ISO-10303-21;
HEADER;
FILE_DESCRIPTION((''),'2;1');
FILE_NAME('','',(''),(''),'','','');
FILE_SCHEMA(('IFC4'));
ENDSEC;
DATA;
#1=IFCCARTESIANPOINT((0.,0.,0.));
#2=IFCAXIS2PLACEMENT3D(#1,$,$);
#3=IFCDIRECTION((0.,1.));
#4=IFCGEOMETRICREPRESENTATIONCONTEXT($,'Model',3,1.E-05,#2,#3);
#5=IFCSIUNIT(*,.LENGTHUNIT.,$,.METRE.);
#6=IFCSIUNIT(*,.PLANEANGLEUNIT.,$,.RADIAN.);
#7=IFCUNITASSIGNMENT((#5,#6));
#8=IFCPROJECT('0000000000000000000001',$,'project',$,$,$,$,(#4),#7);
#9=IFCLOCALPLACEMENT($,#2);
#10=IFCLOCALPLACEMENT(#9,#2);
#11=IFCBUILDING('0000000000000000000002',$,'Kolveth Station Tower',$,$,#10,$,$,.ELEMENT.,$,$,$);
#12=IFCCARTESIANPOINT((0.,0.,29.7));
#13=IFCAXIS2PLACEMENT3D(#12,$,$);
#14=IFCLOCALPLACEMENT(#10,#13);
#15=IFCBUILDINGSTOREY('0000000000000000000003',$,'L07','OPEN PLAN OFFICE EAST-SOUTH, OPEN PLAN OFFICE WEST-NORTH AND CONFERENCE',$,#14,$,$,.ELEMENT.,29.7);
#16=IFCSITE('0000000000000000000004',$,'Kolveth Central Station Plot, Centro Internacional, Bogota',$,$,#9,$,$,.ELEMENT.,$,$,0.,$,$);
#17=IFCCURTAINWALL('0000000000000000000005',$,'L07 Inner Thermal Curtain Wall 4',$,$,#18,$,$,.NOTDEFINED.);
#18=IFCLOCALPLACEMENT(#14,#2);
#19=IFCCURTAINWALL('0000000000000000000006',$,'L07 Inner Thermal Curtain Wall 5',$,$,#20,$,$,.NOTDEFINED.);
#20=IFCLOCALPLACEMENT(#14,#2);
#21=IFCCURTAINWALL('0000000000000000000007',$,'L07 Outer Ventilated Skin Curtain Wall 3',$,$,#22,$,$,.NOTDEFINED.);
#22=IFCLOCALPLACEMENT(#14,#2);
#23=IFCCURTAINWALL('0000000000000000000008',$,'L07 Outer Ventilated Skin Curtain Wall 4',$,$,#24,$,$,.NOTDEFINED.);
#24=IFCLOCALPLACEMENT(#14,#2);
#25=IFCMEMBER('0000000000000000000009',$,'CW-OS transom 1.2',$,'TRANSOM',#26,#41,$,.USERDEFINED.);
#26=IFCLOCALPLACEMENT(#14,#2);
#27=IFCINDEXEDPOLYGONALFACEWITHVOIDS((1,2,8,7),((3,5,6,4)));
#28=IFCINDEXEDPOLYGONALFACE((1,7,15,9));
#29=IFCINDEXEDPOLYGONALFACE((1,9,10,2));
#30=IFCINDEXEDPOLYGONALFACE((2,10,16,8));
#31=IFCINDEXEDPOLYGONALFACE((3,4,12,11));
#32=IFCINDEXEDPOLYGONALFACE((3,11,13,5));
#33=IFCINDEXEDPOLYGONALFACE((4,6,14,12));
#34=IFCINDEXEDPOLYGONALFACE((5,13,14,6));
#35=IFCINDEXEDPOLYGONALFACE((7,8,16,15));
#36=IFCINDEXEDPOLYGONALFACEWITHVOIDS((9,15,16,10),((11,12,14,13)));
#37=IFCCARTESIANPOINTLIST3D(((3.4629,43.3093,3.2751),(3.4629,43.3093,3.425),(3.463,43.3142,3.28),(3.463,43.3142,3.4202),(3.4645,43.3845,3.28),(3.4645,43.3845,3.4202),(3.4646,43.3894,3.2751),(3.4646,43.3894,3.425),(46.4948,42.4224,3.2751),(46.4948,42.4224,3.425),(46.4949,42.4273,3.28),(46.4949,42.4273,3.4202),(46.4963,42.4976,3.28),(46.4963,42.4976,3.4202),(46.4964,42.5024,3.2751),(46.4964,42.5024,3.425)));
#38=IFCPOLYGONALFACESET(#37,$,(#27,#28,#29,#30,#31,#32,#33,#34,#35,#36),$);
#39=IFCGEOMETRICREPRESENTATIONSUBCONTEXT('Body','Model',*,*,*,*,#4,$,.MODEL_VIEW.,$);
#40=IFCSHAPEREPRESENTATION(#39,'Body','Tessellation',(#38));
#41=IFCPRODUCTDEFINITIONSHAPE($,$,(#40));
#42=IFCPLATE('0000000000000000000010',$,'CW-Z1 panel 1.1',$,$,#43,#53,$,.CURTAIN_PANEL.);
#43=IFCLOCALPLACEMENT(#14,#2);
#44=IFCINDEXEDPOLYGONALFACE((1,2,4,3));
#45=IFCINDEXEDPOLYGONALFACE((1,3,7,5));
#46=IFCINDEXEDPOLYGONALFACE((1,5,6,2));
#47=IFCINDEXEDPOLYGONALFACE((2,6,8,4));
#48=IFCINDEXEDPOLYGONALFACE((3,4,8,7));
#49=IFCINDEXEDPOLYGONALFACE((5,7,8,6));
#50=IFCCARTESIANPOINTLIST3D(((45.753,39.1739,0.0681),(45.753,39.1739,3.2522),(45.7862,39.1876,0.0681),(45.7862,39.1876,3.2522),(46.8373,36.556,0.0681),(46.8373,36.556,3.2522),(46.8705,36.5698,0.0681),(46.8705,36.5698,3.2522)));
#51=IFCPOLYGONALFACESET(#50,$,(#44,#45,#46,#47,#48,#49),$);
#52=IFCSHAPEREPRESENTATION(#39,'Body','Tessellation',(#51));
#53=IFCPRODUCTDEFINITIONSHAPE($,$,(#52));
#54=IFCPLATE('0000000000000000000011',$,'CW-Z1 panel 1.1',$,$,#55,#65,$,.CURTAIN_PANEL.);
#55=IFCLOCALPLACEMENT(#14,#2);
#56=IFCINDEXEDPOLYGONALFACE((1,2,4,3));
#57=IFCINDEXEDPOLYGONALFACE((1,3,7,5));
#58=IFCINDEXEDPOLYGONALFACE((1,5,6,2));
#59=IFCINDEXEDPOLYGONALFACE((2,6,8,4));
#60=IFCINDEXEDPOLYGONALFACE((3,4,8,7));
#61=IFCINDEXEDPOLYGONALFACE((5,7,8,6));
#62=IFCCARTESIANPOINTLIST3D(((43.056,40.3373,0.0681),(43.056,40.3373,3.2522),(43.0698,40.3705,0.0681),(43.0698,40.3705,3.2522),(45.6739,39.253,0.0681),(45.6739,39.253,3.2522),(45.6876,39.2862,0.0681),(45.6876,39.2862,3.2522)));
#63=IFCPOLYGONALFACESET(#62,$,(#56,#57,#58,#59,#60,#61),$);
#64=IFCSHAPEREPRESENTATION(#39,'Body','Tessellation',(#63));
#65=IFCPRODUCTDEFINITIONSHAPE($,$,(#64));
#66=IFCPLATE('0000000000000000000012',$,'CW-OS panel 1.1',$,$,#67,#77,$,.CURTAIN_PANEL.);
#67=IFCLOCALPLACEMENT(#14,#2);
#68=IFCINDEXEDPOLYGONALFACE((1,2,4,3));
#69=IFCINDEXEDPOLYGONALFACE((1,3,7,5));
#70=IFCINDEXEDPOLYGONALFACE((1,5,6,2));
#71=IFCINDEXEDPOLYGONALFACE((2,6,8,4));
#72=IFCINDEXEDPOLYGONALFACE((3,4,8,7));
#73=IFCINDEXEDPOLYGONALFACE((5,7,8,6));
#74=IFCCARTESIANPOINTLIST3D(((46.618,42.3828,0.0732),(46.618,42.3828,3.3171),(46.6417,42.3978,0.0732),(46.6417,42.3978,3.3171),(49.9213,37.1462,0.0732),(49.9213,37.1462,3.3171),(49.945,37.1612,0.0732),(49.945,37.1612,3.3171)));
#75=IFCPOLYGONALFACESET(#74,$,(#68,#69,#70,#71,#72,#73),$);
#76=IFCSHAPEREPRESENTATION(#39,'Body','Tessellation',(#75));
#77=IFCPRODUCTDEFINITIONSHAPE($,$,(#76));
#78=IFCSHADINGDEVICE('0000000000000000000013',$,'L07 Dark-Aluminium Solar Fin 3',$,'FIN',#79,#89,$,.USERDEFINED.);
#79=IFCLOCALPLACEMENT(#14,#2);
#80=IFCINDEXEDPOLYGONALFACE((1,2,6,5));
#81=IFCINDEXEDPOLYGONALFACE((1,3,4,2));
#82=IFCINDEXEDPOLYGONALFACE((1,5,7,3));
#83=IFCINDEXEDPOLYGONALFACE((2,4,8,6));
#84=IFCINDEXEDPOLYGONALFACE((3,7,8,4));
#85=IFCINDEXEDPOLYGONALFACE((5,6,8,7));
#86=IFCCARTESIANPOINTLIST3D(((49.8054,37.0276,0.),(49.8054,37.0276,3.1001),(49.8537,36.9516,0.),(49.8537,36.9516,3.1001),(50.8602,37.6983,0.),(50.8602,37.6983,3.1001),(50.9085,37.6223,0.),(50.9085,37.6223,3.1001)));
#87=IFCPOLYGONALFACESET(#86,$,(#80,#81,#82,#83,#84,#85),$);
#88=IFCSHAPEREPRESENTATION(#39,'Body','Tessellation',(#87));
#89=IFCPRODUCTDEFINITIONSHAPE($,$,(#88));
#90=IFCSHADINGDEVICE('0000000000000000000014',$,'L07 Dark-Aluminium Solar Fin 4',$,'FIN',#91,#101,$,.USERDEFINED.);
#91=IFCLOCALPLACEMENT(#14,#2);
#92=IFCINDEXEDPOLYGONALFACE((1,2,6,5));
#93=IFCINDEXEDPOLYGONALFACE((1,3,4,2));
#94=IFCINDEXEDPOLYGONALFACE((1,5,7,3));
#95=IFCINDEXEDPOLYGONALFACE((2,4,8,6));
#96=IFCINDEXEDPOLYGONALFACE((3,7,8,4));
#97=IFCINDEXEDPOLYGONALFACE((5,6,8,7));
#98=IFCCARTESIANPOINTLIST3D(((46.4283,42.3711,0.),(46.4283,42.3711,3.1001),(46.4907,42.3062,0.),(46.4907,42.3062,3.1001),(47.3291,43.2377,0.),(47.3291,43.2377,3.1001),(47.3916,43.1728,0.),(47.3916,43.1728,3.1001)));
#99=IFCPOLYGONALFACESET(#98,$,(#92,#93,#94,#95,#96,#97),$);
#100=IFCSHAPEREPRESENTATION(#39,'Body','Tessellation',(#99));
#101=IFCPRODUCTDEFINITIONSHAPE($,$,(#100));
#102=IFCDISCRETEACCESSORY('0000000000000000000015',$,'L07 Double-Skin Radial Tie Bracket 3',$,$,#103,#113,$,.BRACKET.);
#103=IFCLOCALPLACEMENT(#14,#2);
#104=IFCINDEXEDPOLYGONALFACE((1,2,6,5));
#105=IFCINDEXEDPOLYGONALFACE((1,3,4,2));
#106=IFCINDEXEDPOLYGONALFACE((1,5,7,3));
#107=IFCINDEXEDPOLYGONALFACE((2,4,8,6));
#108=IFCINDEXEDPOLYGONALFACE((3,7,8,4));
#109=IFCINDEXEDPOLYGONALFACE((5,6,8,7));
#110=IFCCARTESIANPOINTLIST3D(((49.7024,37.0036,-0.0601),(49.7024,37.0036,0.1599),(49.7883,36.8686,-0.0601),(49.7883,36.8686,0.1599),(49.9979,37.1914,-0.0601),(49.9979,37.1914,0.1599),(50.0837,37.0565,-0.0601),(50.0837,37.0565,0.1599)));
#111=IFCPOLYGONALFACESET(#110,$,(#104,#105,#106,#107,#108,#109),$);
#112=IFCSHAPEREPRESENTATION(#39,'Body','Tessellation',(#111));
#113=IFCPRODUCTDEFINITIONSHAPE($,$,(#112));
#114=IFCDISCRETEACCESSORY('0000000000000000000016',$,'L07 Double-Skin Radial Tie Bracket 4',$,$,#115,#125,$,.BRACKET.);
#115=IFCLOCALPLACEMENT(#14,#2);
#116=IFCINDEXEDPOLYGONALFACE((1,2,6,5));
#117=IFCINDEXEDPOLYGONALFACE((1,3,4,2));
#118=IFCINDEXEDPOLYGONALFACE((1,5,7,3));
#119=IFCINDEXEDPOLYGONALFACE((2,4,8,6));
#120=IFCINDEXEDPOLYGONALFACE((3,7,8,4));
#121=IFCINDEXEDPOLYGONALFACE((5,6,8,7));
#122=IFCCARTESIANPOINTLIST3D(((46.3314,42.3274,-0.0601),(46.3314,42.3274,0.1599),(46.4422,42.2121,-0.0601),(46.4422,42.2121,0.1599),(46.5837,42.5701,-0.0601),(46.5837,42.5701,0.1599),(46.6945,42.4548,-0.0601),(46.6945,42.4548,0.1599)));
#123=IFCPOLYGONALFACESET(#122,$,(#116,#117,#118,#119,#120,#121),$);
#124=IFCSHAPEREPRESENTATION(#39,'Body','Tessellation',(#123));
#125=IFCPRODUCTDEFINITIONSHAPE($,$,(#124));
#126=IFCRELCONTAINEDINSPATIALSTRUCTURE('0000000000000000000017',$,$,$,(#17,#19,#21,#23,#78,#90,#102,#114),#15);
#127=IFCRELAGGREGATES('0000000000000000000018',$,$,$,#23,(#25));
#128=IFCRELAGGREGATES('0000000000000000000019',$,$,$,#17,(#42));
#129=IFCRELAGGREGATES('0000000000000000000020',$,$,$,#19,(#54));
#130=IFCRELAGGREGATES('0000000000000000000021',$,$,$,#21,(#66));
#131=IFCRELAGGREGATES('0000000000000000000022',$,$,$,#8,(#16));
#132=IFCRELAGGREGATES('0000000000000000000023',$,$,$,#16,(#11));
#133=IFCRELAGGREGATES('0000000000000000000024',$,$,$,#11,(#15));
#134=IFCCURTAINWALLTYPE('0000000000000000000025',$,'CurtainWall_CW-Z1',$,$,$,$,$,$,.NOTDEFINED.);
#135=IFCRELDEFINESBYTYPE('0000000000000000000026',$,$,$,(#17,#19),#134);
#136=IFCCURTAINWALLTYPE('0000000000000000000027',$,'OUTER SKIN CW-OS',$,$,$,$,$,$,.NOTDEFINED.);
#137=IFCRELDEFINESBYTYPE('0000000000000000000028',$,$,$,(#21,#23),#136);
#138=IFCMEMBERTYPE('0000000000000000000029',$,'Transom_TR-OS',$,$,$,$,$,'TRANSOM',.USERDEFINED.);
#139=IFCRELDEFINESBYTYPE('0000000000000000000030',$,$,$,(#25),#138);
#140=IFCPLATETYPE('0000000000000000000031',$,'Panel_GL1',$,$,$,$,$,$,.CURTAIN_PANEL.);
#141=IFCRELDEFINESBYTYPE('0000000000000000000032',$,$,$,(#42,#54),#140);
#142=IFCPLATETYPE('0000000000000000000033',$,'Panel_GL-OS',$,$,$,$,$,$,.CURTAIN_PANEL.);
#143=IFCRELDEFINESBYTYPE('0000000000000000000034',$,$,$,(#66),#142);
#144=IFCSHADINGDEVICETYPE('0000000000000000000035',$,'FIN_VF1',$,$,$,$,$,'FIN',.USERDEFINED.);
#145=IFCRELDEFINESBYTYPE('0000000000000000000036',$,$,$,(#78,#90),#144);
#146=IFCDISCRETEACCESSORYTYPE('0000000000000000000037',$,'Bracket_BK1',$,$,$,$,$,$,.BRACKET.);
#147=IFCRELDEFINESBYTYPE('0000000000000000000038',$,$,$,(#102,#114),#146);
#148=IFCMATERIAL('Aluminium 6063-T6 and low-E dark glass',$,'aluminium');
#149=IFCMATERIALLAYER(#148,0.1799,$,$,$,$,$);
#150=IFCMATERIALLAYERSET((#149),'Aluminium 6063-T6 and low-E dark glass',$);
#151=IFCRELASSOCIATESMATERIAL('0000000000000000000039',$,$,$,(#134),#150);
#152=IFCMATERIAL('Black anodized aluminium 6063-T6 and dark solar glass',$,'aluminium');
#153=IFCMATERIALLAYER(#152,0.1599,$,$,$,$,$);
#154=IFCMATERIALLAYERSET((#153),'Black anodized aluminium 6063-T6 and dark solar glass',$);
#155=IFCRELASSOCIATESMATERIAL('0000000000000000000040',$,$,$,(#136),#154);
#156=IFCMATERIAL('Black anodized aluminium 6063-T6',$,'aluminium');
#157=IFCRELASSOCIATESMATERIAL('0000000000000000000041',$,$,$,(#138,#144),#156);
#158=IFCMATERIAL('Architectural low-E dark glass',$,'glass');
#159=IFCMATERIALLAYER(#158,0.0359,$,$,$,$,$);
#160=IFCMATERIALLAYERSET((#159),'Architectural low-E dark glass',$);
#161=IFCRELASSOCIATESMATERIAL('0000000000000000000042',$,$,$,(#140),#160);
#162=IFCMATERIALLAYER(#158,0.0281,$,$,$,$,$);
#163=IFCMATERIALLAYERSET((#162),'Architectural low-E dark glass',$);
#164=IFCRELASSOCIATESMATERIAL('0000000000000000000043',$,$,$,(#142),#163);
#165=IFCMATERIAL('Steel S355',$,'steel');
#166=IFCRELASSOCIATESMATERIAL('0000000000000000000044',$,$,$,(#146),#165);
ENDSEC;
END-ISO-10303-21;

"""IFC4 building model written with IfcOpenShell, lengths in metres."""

from ifc_helpers import new_model, si_unit, direction, frame, origin, origin_2d, place, context, subcontext, project, spatial, rectangle, hollow_rectangle, extrude, source, transform, mapped, material, layer, layer_set, material_profile, profile_set, type_object, element, aggregate, save


model = new_model("IFC4")

# Units and contexts
model_context = context("Model", 3, precision=1e-05, world=origin(), true_north=direction((0.0, 1.0)))
body_context = subcontext(model_context, "Body", "Model", "MODEL_VIEW")
ifc_project = project(units=[si_unit("LENGTHUNIT", "METRE"), si_unit("PLANEANGLEUNIT", "RADIAN")], contexts=[model_context])

# Site, building, storey
site_placement = place(None, origin())
site = spatial("IfcSite", under=ifc_project, at=site_placement, Name="Kolveth Central Station Plot, Centro Internacional, Bogota", CompositionType="ELEMENT", RefElevation=0.0)
building_placement = place(site_placement, origin())
building = spatial("IfcBuilding", under=site, at=building_placement, Name="Kolveth Station Tower", CompositionType="ELEMENT")
storey_placement = place(building_placement, frame((0.0, 0.0, 29.7)))
storey = spatial("IfcBuildingStorey", under=building, at=storey_placement, Name="L07", Description="OPEN PLAN OFFICE EAST-SOUTH, OPEN PLAN OFFICE WEST-NORTH AND CONFERENCE", CompositionType="ELEMENT", Elevation=29.7)

# Shared definitions
ifc_material_1 = material(Name="Steel S355", Category="steel")

# Curtain wall
ifc_material_2 = material(Name="Aluminium 6063-T6 and low-E dark glass", Category="aluminium")
ifc_layer_1 = layer(ifc_material_2, 0.1799)
ifc_layer_set_1 = layer_set([ifc_layer_1], Name="Aluminium 6063-T6 and low-E dark glass")
curtain_wall_type_1 = type_object("IfcCurtainWallType", Name="CurtainWall_CW-Z1", PredefinedType="NOTDEFINED", material=ifc_layer_set_1)
curtain_wall_1_placement = place(storey_placement, origin())
curtain_wall_1 = element("IfcCurtainWall", 1, at=curtain_wall_1_placement, inside=storey, type_object=curtain_wall_type_1, Name="L07 Inner Thermal Curtain Wall 4", PredefinedType="NOTDEFINED")
ifc_material_3 = material(Name="Black anodized aluminium 6063-T6", Category="aluminium")

# Curtain wall
curtain_wall_2_placement = place(storey_placement, origin())
curtain_wall_2 = element("IfcCurtainWall", 2, at=curtain_wall_2_placement, inside=storey, type_object=curtain_wall_type_1, Name="L07 Inner Thermal Curtain Wall 5", PredefinedType="NOTDEFINED")

# Shared definitions
ifc_material_4 = material(Name="Black anodized aluminium 6063-T6 and dark solar glass", Category="aluminium")
ifc_layer_2 = layer(ifc_material_4, 0.1599)
ifc_layer_set_2 = layer_set([ifc_layer_2], Name="Black anodized aluminium 6063-T6 and dark solar glass")
curtain_wall_type_2 = type_object("IfcCurtainWallType", Name="OUTER SKIN CW-OS", PredefinedType="NOTDEFINED", material=ifc_layer_set_2)

# Curtain wall
curtain_wall_3_placement = place(storey_placement, origin())
curtain_wall_3 = element("IfcCurtainWall", 3, at=curtain_wall_3_placement, inside=storey, type_object=curtain_wall_type_2, Name="L07 Outer Ventilated Skin Curtain Wall 3", PredefinedType="NOTDEFINED")

# Curtain wall
curtain_wall_4_placement = place(storey_placement, origin())
curtain_wall_4 = element("IfcCurtainWall", 4, at=curtain_wall_4_placement, inside=storey, type_object=curtain_wall_type_2, Name="L07 Outer Ventilated Skin Curtain Wall 4", PredefinedType="NOTDEFINED")

# Member
ifc_material_profile_1 = material_profile(ifc_material_3, hollow_rectangle(XDim=0.0801, YDim=0.1499, WallThickness=0.0049, at=origin_2d()), Name="ALU-80x150x5")
ifc_profile_set_1 = profile_set([ifc_material_profile_1], Name="Black anodized aluminium 6063-T6")
member_type_1 = type_object("IfcMemberType", Name="Transom_TR-OS", ElementType="TRANSOM", PredefinedType="USERDEFINED", material=ifc_profile_set_1)
shared_shape_1 = source(origin(), body_context, "Body", "SweptSolid", [
    extrude(hollow_rectangle(XDim=0.0801, YDim=0.1499, WallThickness=0.0049, at=origin_2d()), origin(), (0.0, 0.0, 1.0), 43.041),
])
member_1_placement = place(storey_placement, frame((46.4956, 42.4624, 3.3501), z_axis=(-0.999788, 0.020607, 0.0), x_axis=(-0.020607, -0.999788, 0.0)))
member_1 = element("IfcMember", 5, at=member_1_placement, type_object=member_type_1, Name="CW-OS transom 1.2", ObjectType="TRANSOM", PredefinedType="USERDEFINED", context=body_context, shape_type="MappedRepresentation", body=[
    mapped(shared_shape_1, transform((0.0, 0.0, 0.0), x_axis=(1.0, 0.0, 0.0), y_axis=(0.0, 1.0, 0.0), z_axis=(0.0, 0.0, 1.0), scale=1.0)),
])
aggregate(curtain_wall_4, [member_1])

# Plates
ifc_material_5 = material(Name="Architectural low-E dark glass", Category="glass")
ifc_layer_3 = layer(ifc_material_5, 0.0359)
ifc_layer_set_3 = layer_set([ifc_layer_3], Name="Architectural low-E dark glass")
plate_type_1 = type_object("IfcPlateType", Name="Panel_GL1", PredefinedType="CURTAIN_PANEL", material=ifc_layer_set_3)
shared_shape_2 = source(origin(), body_context, "Body", "SweptSolid", [
    extrude(rectangle(XDim=2.8335, YDim=0.0359, at=origin_2d()), origin(), (0.0, 0.0, 1.0), 3.1841),
])
plate_1_placement = place(storey_placement, frame((46.3118, 37.8718, 0.0681), z_axis=(0.0, 0.0, 1.0), x_axis=(-0.382673, 0.923884, 0.0)))
plate_1 = element("IfcPlate", 6, at=plate_1_placement, type_object=plate_type_1, Name="CW-Z1 panel 1.1", PredefinedType="CURTAIN_PANEL", context=body_context, shape_type="MappedRepresentation", body=[
    mapped(shared_shape_2, transform((0.0, 0.0, 0.0), x_axis=(1.0, 0.0, 0.0), y_axis=(0.0, 1.0, 0.0), z_axis=(0.0, 0.0, 1.0), scale=1.0)),
])
aggregate(curtain_wall_1, [plate_1])
plate_2_placement = place(storey_placement, frame((44.3718, 39.8118, 0.0681), z_axis=(0.0, 0.0, 1.0), x_axis=(-0.923884, 0.382673, 0.0)))
plate_2 = element("IfcPlate", 7, at=plate_2_placement, type_object=plate_type_1, Name="CW-Z1 panel 1.1", PredefinedType="CURTAIN_PANEL", context=body_context, shape_type="MappedRepresentation", body=[
    mapped(shared_shape_2, transform((0.0, 0.0, 0.0), x_axis=(1.0, 0.0, 0.0), y_axis=(0.0, 1.0, 0.0), z_axis=(0.0, 0.0, 1.0), scale=1.0)),
])
aggregate(curtain_wall_2, [plate_2])
ifc_layer_4 = layer(ifc_material_5, 0.0281)
ifc_layer_set_4 = layer_set([ifc_layer_4], Name="Architectural low-E dark glass")
plate_type_2 = type_object("IfcPlateType", Name="Panel_GL-OS", PredefinedType="CURTAIN_PANEL", material=ifc_layer_set_4)
shared_shape_3 = source(origin(), body_context, "Body", "SweptSolid", [
    extrude(rectangle(XDim=6.1914, YDim=0.0281, at=origin_2d()), origin(), (0.0, 0.0, 1.0), 3.2439),
])
plate_3_placement = place(storey_placement, frame((48.2815, 39.772, 0.0732), z_axis=(0.0, 0.0, 1.0), x_axis=(-0.533525, 0.845784, 0.0)))
plate_3 = element("IfcPlate", 8, at=plate_3_placement, type_object=plate_type_2, Name="CW-OS panel 1.1", PredefinedType="CURTAIN_PANEL", context=body_context, shape_type="MappedRepresentation", body=[
    mapped(shared_shape_3, transform((0.0, 0.0, 0.0), x_axis=(1.0, 0.0, 0.0), y_axis=(0.0, 1.0, 0.0), z_axis=(0.0, 0.0, 1.0), scale=1.0)),
])
aggregate(curtain_wall_3, [plate_3])

# Shading devices
shading_device_type = type_object("IfcShadingDeviceType", Name="FIN_VF1", ElementType="FIN", PredefinedType="USERDEFINED", material=ifc_material_3)
shared_shape_4 = source(origin(), body_context, "Body", "SweptSolid", [
    extrude(rectangle(XDim=1.25, YDim=0.0901, at=origin_2d()), origin(), (0.0, 0.0, 1.0), 3.1001),
])
for number, where, z_axis, x_axis, name in (
    (9, (50.3569, 37.325, 0.0), (0.0, 0.0, 1.0), (0.84386, 0.536563, 0.0), "L07 Dark-Aluminium Solar Fin 3"),
    (10, (46.9099, 42.772, 0.0), (0.0, 0.0, 1.0), (0.720672, 0.693276, 0.0), "L07 Dark-Aluminium Solar Fin 4"),
):
    element("IfcShadingDevice", number, at=place(storey_placement, frame(where, z_axis=z_axis, x_axis=x_axis)), inside=storey, type_object=shading_device_type, Name=name, ObjectType="FIN", PredefinedType="USERDEFINED", context=body_context, shape_type="MappedRepresentation", body=[
        mapped(shared_shape_4, transform((0.0, 0.0, 0.0), x_axis=(1.0, 0.0, 0.0), y_axis=(0.0, 1.0, 0.0), z_axis=(0.0, 0.0, 1.0), scale=1.0)),
    ])

# Discrete accessories
discrete_accessory_type = type_object("IfcDiscreteAccessoryType", Name="Bracket_BK1", PredefinedType="BRACKET", material=ifc_material_1)
shared_shape_5 = source(origin(), body_context, "Body", "SweptSolid", [
    extrude(rectangle(XDim=0.3501, YDim=0.1599, at=origin_2d()), origin(), (0.0, 0.0, 1.0), 0.22),
])
for number, where, z_axis, x_axis, name in (
    (11, (49.8931, 37.03, -0.0601), (0.0, 0.0, 1.0), (0.84386, 0.536563, 0.0), "L07 Double-Skin Radial Tie Bracket 3"),
    (12, (46.5129, 42.3911, -0.0601), (0.0, 0.0, 1.0), (0.720672, 0.693276, 0.0), "L07 Double-Skin Radial Tie Bracket 4"),
):
    element("IfcDiscreteAccessory", number, at=place(storey_placement, frame(where, z_axis=z_axis, x_axis=x_axis)), inside=storey, type_object=discrete_accessory_type, Name=name, PredefinedType="BRACKET", context=body_context, shape_type="MappedRepresentation", body=[
        mapped(shared_shape_5, transform((0.0, 0.0, 0.0), x_axis=(1.0, 0.0, 0.0), y_axis=(0.0, 1.0, 0.0), z_axis=(0.0, 0.0, 1.0), scale=1.0)),
    ])

save(model, "model.ifc")
